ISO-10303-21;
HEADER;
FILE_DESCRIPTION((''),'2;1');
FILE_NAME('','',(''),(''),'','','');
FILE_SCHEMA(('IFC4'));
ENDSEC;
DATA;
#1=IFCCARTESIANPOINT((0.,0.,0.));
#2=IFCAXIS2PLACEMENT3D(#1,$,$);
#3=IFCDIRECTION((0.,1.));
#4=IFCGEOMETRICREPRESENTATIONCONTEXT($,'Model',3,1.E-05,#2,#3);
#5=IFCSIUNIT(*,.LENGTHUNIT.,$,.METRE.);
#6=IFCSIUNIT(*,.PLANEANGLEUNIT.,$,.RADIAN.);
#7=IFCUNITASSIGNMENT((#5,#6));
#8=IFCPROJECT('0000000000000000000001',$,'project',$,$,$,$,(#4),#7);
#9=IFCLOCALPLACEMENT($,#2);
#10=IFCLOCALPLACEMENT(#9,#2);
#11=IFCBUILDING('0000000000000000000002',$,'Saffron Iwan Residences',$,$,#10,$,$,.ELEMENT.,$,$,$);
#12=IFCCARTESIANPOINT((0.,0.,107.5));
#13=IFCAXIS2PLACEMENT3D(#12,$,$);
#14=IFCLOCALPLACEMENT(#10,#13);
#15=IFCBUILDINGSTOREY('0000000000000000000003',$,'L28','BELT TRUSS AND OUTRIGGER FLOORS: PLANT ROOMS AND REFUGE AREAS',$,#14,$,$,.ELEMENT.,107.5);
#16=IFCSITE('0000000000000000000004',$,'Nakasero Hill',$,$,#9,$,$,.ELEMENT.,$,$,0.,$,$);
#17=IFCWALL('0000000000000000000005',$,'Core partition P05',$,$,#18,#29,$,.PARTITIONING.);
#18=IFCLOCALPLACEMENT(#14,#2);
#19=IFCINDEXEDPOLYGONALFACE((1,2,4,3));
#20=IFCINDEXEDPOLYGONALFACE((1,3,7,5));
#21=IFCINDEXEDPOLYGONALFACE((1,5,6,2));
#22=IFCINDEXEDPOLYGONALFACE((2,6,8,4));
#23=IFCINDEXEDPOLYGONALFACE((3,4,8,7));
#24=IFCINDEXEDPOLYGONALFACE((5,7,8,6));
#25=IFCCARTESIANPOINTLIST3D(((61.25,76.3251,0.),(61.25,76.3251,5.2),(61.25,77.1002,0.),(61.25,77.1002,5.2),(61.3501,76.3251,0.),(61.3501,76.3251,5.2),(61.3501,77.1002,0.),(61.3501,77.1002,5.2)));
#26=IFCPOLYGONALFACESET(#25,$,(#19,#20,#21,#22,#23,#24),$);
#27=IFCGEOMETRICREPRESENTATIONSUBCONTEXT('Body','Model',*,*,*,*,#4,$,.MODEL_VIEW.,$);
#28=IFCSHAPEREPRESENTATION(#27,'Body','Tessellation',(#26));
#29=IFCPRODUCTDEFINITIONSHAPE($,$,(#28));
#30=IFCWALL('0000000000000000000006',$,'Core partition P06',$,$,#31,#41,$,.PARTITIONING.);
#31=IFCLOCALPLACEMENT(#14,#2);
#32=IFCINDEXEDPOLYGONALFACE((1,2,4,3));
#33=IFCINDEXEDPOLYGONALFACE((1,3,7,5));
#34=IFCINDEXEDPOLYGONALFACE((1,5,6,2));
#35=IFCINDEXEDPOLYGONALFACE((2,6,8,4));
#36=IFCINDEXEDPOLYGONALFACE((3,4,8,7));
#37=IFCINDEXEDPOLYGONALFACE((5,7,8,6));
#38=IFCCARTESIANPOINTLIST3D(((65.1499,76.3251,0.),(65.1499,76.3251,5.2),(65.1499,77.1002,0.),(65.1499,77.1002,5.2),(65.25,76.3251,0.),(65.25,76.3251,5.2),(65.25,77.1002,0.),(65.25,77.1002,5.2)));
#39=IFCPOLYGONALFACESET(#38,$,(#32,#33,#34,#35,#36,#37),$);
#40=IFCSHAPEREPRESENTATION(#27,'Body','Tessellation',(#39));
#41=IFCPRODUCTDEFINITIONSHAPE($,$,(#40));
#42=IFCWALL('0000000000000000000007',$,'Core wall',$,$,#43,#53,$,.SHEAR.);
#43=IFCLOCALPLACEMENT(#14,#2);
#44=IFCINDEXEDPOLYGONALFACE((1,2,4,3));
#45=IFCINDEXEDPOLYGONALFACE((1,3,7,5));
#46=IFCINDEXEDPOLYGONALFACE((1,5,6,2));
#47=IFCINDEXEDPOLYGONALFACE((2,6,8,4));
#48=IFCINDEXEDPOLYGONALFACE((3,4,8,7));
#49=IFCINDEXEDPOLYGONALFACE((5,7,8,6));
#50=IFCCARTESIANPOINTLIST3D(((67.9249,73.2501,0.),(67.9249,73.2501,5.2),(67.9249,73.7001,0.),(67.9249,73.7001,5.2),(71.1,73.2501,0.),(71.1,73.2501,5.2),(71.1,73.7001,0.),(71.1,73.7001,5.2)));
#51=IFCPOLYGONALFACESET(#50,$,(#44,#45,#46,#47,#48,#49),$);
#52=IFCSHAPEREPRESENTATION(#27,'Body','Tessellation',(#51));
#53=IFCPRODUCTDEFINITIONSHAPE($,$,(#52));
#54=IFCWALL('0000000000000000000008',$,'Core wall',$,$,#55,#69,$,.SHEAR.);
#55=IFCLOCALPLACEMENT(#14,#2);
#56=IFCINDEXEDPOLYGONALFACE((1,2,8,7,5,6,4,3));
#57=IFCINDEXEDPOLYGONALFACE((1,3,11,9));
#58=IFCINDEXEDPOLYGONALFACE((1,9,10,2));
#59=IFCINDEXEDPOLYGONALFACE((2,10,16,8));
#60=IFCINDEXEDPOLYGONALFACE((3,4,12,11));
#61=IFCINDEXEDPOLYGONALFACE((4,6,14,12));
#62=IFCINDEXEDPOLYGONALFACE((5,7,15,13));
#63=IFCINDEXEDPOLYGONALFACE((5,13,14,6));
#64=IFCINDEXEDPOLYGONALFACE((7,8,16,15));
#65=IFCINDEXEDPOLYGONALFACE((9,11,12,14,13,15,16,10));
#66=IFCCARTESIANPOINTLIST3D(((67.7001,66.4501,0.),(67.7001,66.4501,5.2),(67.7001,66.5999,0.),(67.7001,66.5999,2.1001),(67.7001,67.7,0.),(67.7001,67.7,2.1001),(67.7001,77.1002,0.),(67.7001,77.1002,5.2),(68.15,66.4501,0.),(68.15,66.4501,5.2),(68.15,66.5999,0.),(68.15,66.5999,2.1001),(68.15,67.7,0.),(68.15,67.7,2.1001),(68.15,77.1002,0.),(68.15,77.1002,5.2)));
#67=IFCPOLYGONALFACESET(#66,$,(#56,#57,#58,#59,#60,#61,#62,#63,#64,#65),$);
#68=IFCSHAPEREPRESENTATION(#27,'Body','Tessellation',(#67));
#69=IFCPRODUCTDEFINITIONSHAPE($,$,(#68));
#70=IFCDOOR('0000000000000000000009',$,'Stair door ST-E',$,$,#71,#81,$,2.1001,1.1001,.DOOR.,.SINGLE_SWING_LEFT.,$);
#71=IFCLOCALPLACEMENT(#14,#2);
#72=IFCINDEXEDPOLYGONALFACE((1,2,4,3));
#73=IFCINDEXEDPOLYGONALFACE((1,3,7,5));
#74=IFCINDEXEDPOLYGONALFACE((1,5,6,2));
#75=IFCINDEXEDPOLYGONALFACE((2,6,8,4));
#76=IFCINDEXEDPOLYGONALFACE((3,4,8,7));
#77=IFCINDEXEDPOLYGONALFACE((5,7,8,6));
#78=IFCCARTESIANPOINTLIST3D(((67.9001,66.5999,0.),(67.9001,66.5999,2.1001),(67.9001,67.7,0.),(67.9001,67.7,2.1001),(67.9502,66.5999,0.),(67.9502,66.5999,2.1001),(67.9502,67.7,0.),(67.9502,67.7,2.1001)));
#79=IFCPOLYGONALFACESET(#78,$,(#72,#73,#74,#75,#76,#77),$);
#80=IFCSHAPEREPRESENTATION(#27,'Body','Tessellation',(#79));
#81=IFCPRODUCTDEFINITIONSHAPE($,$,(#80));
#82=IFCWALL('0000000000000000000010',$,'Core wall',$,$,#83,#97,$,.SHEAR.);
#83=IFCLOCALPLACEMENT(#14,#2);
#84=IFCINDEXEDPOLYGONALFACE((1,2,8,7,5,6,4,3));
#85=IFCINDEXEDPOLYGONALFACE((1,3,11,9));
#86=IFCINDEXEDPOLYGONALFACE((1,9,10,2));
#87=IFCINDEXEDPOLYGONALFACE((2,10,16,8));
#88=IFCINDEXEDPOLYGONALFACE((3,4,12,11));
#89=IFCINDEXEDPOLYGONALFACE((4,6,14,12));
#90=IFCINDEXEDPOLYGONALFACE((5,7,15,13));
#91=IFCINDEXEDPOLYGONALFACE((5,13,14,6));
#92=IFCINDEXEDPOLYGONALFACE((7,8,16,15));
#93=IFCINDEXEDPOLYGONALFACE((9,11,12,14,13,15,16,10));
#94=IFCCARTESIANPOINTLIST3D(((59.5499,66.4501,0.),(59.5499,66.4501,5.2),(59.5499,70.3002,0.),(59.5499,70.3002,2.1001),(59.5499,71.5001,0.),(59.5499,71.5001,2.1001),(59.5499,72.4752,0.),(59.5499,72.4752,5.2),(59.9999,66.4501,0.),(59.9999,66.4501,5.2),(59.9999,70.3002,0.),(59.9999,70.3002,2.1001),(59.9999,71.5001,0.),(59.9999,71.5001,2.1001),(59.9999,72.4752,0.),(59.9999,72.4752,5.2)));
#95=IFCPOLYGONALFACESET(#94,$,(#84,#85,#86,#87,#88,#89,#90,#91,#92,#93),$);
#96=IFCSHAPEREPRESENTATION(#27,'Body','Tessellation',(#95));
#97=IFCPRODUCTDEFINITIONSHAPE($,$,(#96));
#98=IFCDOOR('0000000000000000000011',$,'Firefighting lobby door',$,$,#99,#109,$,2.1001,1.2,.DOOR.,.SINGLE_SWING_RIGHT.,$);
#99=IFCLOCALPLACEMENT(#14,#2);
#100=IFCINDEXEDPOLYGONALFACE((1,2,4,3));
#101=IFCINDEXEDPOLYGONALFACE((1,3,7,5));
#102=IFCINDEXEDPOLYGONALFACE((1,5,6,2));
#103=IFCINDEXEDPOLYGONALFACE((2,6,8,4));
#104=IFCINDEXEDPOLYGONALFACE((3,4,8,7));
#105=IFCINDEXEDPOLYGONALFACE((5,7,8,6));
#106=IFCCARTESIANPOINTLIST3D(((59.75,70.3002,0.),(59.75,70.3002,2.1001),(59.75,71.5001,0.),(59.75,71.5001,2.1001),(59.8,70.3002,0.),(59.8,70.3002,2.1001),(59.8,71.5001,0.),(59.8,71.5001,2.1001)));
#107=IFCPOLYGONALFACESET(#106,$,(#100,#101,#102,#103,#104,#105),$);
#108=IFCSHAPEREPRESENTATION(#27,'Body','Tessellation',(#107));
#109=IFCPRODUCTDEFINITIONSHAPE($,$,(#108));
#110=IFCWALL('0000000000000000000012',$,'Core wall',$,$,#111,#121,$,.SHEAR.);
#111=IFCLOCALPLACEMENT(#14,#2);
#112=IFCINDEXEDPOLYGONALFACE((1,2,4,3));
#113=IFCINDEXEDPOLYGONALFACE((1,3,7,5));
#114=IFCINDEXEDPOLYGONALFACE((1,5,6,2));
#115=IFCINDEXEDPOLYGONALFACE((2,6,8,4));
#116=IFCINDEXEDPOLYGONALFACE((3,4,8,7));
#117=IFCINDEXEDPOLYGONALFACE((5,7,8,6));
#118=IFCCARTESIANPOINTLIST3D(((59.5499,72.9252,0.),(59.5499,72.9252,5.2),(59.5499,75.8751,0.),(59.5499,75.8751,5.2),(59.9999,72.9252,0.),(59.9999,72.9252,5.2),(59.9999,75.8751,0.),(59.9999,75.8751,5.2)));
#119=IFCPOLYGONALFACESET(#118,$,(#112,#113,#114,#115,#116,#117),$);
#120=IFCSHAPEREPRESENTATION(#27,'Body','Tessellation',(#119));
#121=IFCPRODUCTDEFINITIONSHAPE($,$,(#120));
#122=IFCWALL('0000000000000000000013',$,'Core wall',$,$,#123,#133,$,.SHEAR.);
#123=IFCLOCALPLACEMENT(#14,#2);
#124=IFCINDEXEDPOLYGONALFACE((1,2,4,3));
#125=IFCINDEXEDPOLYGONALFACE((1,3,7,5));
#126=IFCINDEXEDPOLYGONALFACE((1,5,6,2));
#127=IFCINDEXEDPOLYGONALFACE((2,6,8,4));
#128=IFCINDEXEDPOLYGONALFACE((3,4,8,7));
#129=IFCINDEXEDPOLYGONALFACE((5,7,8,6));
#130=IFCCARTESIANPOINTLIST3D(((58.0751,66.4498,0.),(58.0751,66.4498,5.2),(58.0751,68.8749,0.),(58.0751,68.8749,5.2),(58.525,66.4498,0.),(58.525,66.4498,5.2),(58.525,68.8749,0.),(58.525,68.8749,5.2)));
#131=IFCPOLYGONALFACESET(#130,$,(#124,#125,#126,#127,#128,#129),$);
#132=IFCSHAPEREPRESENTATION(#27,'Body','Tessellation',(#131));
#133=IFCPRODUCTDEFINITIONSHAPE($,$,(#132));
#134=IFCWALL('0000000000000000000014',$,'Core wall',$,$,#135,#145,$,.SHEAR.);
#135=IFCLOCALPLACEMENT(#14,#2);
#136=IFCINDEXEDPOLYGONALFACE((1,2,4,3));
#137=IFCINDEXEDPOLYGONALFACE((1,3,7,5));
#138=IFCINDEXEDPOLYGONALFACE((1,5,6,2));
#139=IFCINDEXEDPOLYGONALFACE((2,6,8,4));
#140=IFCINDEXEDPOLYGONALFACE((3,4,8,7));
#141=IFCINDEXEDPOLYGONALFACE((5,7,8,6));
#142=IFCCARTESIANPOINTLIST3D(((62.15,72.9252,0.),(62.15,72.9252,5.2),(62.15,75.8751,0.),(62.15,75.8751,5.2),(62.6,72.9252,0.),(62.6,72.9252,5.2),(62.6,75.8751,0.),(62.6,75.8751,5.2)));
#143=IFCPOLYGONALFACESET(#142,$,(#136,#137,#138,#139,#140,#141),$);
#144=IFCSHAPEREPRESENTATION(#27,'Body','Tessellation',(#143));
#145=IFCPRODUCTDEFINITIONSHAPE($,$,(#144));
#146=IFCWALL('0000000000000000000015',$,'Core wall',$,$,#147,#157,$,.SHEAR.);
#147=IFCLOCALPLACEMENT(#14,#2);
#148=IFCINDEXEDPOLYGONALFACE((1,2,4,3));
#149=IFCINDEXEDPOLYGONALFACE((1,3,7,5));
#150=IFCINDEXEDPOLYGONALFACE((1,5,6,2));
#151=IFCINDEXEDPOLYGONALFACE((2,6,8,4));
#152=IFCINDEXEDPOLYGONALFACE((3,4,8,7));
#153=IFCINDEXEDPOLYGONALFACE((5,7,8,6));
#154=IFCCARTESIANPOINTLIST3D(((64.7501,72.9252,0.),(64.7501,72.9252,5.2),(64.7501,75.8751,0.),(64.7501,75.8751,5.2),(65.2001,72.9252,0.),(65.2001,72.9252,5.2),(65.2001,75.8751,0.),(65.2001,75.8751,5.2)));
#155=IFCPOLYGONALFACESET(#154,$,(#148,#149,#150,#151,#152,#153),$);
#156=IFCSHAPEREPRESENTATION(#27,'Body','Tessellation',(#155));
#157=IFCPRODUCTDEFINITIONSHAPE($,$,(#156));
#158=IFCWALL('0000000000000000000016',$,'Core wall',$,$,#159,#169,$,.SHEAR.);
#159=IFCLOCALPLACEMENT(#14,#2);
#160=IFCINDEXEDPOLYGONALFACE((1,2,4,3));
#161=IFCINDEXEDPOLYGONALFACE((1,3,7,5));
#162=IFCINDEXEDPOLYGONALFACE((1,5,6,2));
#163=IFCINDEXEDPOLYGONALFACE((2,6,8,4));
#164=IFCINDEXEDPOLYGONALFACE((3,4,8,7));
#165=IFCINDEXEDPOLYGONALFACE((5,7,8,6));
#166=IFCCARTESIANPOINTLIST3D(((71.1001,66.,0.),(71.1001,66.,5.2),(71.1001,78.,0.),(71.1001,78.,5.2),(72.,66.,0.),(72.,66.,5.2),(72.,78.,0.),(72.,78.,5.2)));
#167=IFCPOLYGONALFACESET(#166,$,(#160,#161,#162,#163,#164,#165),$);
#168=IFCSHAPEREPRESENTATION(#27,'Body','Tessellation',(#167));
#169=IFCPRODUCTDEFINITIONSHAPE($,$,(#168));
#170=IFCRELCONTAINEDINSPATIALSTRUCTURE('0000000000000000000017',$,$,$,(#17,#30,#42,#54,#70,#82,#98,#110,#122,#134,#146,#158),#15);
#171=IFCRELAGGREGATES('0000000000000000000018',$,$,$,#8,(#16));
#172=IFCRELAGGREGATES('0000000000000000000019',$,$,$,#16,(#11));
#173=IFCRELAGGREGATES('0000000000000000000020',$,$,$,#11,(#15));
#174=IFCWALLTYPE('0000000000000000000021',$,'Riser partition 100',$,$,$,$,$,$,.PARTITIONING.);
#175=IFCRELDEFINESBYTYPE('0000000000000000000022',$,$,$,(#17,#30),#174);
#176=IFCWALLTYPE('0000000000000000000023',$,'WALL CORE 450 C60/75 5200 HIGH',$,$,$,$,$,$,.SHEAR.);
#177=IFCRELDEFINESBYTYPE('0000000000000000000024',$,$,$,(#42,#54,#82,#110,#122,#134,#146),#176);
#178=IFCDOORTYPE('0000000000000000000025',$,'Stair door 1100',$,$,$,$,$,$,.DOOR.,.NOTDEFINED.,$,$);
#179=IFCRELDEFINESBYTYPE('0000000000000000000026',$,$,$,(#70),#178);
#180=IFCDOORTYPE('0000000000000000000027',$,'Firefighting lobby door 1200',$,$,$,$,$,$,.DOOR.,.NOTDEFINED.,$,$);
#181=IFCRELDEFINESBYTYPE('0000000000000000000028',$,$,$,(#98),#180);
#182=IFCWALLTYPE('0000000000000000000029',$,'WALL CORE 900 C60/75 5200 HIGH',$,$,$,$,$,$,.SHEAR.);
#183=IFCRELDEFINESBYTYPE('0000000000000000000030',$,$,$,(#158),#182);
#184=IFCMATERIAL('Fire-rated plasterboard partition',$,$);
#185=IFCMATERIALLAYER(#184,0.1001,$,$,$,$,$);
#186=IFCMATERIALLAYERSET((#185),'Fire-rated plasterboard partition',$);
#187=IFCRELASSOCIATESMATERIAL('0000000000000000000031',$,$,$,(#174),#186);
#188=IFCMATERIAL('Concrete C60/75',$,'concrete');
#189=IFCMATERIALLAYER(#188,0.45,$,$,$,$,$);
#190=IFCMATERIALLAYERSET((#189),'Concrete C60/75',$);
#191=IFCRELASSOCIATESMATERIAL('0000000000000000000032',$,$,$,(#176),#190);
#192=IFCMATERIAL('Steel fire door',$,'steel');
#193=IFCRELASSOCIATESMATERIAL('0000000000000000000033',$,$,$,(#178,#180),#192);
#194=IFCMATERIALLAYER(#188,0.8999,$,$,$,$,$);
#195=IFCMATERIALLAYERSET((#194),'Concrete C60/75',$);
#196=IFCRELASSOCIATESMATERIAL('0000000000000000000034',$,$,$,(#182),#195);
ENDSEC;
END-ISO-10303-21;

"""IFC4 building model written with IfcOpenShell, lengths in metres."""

from ifc_helpers import new_model, si_unit, direction, frame, frame_2d, origin, place, context, subcontext, project, spatial, rectangle, extrude, material, layer, layer_set, type_object, element, fill, save


model = new_model("IFC4")

# Units and contexts
model_context = context("Model", 3, precision=1e-05, world=origin(), true_north=direction((0.0, 1.0)))
body_context = subcontext(model_context, "Body", "Model", "MODEL_VIEW")
ifc_project = project(units=[si_unit("LENGTHUNIT", "METRE"), si_unit("PLANEANGLEUNIT", "RADIAN")], contexts=[model_context])

# Site, building, storey
site_placement = place(None, origin())
site = spatial("IfcSite", under=ifc_project, at=site_placement, Name="Nakasero Hill", CompositionType="ELEMENT", RefElevation=0.0)
building_placement = place(site_placement, origin())
building = spatial("IfcBuilding", under=site, at=building_placement, Name="Saffron Iwan Residences", CompositionType="ELEMENT")
storey_placement = place(building_placement, frame((0.0, 0.0, 107.5)))
storey = spatial("IfcBuildingStorey", under=building, at=storey_placement, Name="L28", Description="BELT TRUSS AND OUTRIGGER FLOORS: PLANT ROOMS AND REFUGE AREAS", CompositionType="ELEMENT", Elevation=107.5)

# Walls
ifc_material_1 = material(Name="Fire-rated plasterboard partition")
ifc_layer_1 = layer(ifc_material_1, 0.1001)
ifc_layer_set_1 = layer_set([ifc_layer_1], Name="Fire-rated plasterboard partition")
wall_type_1 = type_object("IfcWallType", Name="Riser partition 100", PredefinedType="PARTITIONING", material=ifc_layer_set_1)
for number, where, z_axis, x_axis, name in (
    (1, (61.3, 76.325, 0.0), (0.0, 0.0, 1.0), (0.0, 1.0, 0.0), "Core partition P05"),
    (2, (65.2, 76.325, 0.0), (0.0, 0.0, 1.0), (0.0, 1.0, 0.0), "Core partition P06"),
):
    element("IfcWall", number, at=place(storey_placement, frame(where, z_axis=z_axis, x_axis=x_axis)), inside=storey, type_object=wall_type_1, Name=name, PredefinedType="PARTITIONING", context=body_context, shape_type="SweptSolid", body=[
        extrude(rectangle(XDim=0.7751, YDim=0.1001, at=frame_2d((0.3877, 0.0))), origin(), (0.0, 0.0, 1.0), 5.2),
    ])
ifc_material_2 = material(Name="Concrete C60/75", Category="concrete")
ifc_layer_2 = layer(ifc_material_2, 0.45)
ifc_layer_set_2 = layer_set([ifc_layer_2], Name="Concrete C60/75")
wall_type_2 = type_object("IfcWallType", Name="WALL CORE 450 C60/75 5200 HIGH", PredefinedType="SHEAR", material=ifc_layer_set_2)
wall_1_placement = place(storey_placement, frame((67.925, 73.4751, 0.0), z_axis=(0.0, 0.0, 1.0), x_axis=(1.0, 0.0, 0.0)))
element("IfcWall", 3, at=wall_1_placement, inside=storey, type_object=wall_type_2, Name="Core wall", PredefinedType="SHEAR", context=body_context, shape_type="SweptSolid", body=[
    extrude(rectangle(XDim=3.175, YDim=0.45, at=frame_2d((1.5874, 0.0))), origin(), (0.0, 0.0, 1.0), 5.2),
])

# Walls, openings, doors
wall_2_placement = place(storey_placement, frame((67.925, 66.45, 0.0), z_axis=(0.0, 0.0, 1.0), x_axis=(0.0, 1.0, 0.0)))
wall_2 = element("IfcWall", 4, at=wall_2_placement, inside=storey, type_object=wall_type_2, Name="Core wall", PredefinedType="SHEAR", context=body_context, shape_type="SweptSolid", body=[
    extrude(rectangle(XDim=10.6501, YDim=0.45, at=frame_2d((5.3252, 0.0))), origin(), (0.0, 0.0, 1.0), 5.2),
])
opening_1_placement = place(wall_2_placement, frame((0.1499, 0.0, 0.0)))
opening_1 = element("IfcOpeningElement", 5, at=opening_1_placement, cuts=wall_2, PredefinedType="OPENING", context=body_context, shape_type="SweptSolid", body=[
    extrude(rectangle(XDim=1.1001, YDim=2.1001, at=frame_2d((0.55, 1.05))), frame((0.0, 0.2349, 0.0), z_axis=(0.0, -1.0, 0.0), x_axis=(1.0, 0.0, 0.0)), (0.0, 0.0, 1.0), 0.47),
])
ifc_material_3 = material(Name="Steel fire door", Category="steel")
door_type_1 = type_object("IfcDoorType", Name="Stair door 1100", OperationType="NOTDEFINED", PredefinedType="DOOR", material=ifc_material_3)
door_1_placement = place(opening_1_placement, origin())
door_1 = element("IfcDoor", 6, at=door_1_placement, inside=storey, type_object=door_type_1, Name="Stair door ST-E", OperationType="SINGLE_SWING_LEFT", OverallHeight=2.1001, OverallWidth=1.1001, PredefinedType="DOOR", context=body_context, shape_type="SweptSolid", body=[
    extrude(rectangle(XDim=1.1001, YDim=2.1001, at=frame_2d((0.55, 1.05))), frame((0.0, 0.0249, 0.0), z_axis=(0.0, -1.0, 0.0), x_axis=(1.0, 0.0, 0.0)), (0.0, 0.0, 1.0), 0.05),
])
fill(opening_1, door_1)
wall_3_placement = place(storey_placement, frame((59.7749, 66.45, 0.0), z_axis=(0.0, 0.0, 1.0), x_axis=(0.0, 1.0, 0.0)))
wall_3 = element("IfcWall", 7, at=wall_3_placement, inside=storey, type_object=wall_type_2, Name="Core wall", PredefinedType="SHEAR", context=body_context, shape_type="SweptSolid", body=[
    extrude(rectangle(XDim=6.0251, YDim=0.45, at=frame_2d((3.0127, 0.0))), origin(), (0.0, 0.0, 1.0), 5.2),
])
opening_2_placement = place(wall_3_placement, frame((3.8501, 0.0, 0.0)))
opening_2 = element("IfcOpeningElement", 8, at=opening_2_placement, cuts=wall_3, PredefinedType="OPENING", context=body_context, shape_type="SweptSolid", body=[
    extrude(rectangle(XDim=1.2, YDim=2.1001, at=frame_2d((0.6001, 1.05))), frame((0.0, 0.2349, 0.0), z_axis=(0.0, -1.0, 0.0), x_axis=(1.0, 0.0, 0.0)), (0.0, 0.0, 1.0), 0.47),
])
door_type_2 = type_object("IfcDoorType", Name="Firefighting lobby door 1200", OperationType="NOTDEFINED", PredefinedType="DOOR", material=ifc_material_3)
door_2_placement = place(opening_2_placement, origin())
door_2 = element("IfcDoor", 9, at=door_2_placement, inside=storey, type_object=door_type_2, Name="Firefighting lobby door", OperationType="SINGLE_SWING_RIGHT", OverallHeight=2.1001, OverallWidth=1.2, PredefinedType="DOOR", context=body_context, shape_type="SweptSolid", body=[
    extrude(rectangle(XDim=1.2, YDim=2.1001, at=frame_2d((0.6001, 1.05))), frame((0.0, 0.0249, 0.0), z_axis=(0.0, -1.0, 0.0), x_axis=(1.0, 0.0, 0.0)), (0.0, 0.0, 1.0), 0.05),
])
fill(opening_2, door_2)

# Walls
wall_4_placement = place(storey_placement, frame((59.7749, 72.925, 0.0), z_axis=(0.0, 0.0, 1.0), x_axis=(0.0, 1.0, 0.0)))
element("IfcWall", 10, at=wall_4_placement, inside=storey, type_object=wall_type_2, Name="Core wall", PredefinedType="SHEAR", context=body_context, shape_type="SweptSolid", body=[
    extrude(rectangle(XDim=2.95, YDim=0.45, at=frame_2d((1.4751, 0.0))), origin(), (0.0, 0.0, 1.0), 5.2),
])
wall_5_placement = place(storey_placement, frame((58.3, 66.45, 0.0), z_axis=(0.0, 0.0, 1.0), x_axis=(0.0, 1.0, 0.0)))
element("IfcWall", 11, at=wall_5_placement, inside=storey, type_object=wall_type_2, Name="Core wall", PredefinedType="SHEAR", context=body_context, shape_type="SweptSolid", body=[
    extrude(rectangle(XDim=2.425, YDim=0.45, at=frame_2d((1.2124, 0.0))), origin(), (0.0, 0.0, 1.0), 5.2),
])
for number, where, z_axis, x_axis, name in (
    (12, (62.375, 72.925, 0.0), (0.0, 0.0, 1.0), (0.0, 1.0, 0.0), "Core wall"),
    (13, (64.9751, 72.925, 0.0), (0.0, 0.0, 1.0), (0.0, 1.0, 0.0), "Core wall"),
):
    element("IfcWall", number, at=place(storey_placement, frame(where, z_axis=z_axis, x_axis=x_axis)), inside=storey, type_object=wall_type_2, Name=name, PredefinedType="SHEAR", context=body_context, shape_type="SweptSolid", body=[
        extrude(rectangle(XDim=2.95, YDim=0.45, at=frame_2d((1.4751, 0.0))), origin(), (0.0, 0.0, 1.0), 5.2),
    ])
ifc_layer_3 = layer(ifc_material_2, 0.8999)
ifc_layer_set_3 = layer_set([ifc_layer_3], Name="Concrete C60/75")
wall_type_3 = type_object("IfcWallType", Name="WALL CORE 900 C60/75 5200 HIGH", PredefinedType="SHEAR", material=ifc_layer_set_3)
wall_6_placement = place(storey_placement, frame((71.55, 66.0, 0.0), z_axis=(0.0, 0.0, 1.0), x_axis=(0.0, 1.0, 0.0)))
element("IfcWall", 14, at=wall_6_placement, inside=storey, type_object=wall_type_3, Name="Core wall", PredefinedType="SHEAR", context=body_context, shape_type="SweptSolid", body=[
    extrude(rectangle(XDim=12.0, YDim=0.8999, at=frame_2d((6.0, 0.0))), origin(), (0.0, 0.0, 1.0), 5.2),
])

save(model, "model.ifc")
